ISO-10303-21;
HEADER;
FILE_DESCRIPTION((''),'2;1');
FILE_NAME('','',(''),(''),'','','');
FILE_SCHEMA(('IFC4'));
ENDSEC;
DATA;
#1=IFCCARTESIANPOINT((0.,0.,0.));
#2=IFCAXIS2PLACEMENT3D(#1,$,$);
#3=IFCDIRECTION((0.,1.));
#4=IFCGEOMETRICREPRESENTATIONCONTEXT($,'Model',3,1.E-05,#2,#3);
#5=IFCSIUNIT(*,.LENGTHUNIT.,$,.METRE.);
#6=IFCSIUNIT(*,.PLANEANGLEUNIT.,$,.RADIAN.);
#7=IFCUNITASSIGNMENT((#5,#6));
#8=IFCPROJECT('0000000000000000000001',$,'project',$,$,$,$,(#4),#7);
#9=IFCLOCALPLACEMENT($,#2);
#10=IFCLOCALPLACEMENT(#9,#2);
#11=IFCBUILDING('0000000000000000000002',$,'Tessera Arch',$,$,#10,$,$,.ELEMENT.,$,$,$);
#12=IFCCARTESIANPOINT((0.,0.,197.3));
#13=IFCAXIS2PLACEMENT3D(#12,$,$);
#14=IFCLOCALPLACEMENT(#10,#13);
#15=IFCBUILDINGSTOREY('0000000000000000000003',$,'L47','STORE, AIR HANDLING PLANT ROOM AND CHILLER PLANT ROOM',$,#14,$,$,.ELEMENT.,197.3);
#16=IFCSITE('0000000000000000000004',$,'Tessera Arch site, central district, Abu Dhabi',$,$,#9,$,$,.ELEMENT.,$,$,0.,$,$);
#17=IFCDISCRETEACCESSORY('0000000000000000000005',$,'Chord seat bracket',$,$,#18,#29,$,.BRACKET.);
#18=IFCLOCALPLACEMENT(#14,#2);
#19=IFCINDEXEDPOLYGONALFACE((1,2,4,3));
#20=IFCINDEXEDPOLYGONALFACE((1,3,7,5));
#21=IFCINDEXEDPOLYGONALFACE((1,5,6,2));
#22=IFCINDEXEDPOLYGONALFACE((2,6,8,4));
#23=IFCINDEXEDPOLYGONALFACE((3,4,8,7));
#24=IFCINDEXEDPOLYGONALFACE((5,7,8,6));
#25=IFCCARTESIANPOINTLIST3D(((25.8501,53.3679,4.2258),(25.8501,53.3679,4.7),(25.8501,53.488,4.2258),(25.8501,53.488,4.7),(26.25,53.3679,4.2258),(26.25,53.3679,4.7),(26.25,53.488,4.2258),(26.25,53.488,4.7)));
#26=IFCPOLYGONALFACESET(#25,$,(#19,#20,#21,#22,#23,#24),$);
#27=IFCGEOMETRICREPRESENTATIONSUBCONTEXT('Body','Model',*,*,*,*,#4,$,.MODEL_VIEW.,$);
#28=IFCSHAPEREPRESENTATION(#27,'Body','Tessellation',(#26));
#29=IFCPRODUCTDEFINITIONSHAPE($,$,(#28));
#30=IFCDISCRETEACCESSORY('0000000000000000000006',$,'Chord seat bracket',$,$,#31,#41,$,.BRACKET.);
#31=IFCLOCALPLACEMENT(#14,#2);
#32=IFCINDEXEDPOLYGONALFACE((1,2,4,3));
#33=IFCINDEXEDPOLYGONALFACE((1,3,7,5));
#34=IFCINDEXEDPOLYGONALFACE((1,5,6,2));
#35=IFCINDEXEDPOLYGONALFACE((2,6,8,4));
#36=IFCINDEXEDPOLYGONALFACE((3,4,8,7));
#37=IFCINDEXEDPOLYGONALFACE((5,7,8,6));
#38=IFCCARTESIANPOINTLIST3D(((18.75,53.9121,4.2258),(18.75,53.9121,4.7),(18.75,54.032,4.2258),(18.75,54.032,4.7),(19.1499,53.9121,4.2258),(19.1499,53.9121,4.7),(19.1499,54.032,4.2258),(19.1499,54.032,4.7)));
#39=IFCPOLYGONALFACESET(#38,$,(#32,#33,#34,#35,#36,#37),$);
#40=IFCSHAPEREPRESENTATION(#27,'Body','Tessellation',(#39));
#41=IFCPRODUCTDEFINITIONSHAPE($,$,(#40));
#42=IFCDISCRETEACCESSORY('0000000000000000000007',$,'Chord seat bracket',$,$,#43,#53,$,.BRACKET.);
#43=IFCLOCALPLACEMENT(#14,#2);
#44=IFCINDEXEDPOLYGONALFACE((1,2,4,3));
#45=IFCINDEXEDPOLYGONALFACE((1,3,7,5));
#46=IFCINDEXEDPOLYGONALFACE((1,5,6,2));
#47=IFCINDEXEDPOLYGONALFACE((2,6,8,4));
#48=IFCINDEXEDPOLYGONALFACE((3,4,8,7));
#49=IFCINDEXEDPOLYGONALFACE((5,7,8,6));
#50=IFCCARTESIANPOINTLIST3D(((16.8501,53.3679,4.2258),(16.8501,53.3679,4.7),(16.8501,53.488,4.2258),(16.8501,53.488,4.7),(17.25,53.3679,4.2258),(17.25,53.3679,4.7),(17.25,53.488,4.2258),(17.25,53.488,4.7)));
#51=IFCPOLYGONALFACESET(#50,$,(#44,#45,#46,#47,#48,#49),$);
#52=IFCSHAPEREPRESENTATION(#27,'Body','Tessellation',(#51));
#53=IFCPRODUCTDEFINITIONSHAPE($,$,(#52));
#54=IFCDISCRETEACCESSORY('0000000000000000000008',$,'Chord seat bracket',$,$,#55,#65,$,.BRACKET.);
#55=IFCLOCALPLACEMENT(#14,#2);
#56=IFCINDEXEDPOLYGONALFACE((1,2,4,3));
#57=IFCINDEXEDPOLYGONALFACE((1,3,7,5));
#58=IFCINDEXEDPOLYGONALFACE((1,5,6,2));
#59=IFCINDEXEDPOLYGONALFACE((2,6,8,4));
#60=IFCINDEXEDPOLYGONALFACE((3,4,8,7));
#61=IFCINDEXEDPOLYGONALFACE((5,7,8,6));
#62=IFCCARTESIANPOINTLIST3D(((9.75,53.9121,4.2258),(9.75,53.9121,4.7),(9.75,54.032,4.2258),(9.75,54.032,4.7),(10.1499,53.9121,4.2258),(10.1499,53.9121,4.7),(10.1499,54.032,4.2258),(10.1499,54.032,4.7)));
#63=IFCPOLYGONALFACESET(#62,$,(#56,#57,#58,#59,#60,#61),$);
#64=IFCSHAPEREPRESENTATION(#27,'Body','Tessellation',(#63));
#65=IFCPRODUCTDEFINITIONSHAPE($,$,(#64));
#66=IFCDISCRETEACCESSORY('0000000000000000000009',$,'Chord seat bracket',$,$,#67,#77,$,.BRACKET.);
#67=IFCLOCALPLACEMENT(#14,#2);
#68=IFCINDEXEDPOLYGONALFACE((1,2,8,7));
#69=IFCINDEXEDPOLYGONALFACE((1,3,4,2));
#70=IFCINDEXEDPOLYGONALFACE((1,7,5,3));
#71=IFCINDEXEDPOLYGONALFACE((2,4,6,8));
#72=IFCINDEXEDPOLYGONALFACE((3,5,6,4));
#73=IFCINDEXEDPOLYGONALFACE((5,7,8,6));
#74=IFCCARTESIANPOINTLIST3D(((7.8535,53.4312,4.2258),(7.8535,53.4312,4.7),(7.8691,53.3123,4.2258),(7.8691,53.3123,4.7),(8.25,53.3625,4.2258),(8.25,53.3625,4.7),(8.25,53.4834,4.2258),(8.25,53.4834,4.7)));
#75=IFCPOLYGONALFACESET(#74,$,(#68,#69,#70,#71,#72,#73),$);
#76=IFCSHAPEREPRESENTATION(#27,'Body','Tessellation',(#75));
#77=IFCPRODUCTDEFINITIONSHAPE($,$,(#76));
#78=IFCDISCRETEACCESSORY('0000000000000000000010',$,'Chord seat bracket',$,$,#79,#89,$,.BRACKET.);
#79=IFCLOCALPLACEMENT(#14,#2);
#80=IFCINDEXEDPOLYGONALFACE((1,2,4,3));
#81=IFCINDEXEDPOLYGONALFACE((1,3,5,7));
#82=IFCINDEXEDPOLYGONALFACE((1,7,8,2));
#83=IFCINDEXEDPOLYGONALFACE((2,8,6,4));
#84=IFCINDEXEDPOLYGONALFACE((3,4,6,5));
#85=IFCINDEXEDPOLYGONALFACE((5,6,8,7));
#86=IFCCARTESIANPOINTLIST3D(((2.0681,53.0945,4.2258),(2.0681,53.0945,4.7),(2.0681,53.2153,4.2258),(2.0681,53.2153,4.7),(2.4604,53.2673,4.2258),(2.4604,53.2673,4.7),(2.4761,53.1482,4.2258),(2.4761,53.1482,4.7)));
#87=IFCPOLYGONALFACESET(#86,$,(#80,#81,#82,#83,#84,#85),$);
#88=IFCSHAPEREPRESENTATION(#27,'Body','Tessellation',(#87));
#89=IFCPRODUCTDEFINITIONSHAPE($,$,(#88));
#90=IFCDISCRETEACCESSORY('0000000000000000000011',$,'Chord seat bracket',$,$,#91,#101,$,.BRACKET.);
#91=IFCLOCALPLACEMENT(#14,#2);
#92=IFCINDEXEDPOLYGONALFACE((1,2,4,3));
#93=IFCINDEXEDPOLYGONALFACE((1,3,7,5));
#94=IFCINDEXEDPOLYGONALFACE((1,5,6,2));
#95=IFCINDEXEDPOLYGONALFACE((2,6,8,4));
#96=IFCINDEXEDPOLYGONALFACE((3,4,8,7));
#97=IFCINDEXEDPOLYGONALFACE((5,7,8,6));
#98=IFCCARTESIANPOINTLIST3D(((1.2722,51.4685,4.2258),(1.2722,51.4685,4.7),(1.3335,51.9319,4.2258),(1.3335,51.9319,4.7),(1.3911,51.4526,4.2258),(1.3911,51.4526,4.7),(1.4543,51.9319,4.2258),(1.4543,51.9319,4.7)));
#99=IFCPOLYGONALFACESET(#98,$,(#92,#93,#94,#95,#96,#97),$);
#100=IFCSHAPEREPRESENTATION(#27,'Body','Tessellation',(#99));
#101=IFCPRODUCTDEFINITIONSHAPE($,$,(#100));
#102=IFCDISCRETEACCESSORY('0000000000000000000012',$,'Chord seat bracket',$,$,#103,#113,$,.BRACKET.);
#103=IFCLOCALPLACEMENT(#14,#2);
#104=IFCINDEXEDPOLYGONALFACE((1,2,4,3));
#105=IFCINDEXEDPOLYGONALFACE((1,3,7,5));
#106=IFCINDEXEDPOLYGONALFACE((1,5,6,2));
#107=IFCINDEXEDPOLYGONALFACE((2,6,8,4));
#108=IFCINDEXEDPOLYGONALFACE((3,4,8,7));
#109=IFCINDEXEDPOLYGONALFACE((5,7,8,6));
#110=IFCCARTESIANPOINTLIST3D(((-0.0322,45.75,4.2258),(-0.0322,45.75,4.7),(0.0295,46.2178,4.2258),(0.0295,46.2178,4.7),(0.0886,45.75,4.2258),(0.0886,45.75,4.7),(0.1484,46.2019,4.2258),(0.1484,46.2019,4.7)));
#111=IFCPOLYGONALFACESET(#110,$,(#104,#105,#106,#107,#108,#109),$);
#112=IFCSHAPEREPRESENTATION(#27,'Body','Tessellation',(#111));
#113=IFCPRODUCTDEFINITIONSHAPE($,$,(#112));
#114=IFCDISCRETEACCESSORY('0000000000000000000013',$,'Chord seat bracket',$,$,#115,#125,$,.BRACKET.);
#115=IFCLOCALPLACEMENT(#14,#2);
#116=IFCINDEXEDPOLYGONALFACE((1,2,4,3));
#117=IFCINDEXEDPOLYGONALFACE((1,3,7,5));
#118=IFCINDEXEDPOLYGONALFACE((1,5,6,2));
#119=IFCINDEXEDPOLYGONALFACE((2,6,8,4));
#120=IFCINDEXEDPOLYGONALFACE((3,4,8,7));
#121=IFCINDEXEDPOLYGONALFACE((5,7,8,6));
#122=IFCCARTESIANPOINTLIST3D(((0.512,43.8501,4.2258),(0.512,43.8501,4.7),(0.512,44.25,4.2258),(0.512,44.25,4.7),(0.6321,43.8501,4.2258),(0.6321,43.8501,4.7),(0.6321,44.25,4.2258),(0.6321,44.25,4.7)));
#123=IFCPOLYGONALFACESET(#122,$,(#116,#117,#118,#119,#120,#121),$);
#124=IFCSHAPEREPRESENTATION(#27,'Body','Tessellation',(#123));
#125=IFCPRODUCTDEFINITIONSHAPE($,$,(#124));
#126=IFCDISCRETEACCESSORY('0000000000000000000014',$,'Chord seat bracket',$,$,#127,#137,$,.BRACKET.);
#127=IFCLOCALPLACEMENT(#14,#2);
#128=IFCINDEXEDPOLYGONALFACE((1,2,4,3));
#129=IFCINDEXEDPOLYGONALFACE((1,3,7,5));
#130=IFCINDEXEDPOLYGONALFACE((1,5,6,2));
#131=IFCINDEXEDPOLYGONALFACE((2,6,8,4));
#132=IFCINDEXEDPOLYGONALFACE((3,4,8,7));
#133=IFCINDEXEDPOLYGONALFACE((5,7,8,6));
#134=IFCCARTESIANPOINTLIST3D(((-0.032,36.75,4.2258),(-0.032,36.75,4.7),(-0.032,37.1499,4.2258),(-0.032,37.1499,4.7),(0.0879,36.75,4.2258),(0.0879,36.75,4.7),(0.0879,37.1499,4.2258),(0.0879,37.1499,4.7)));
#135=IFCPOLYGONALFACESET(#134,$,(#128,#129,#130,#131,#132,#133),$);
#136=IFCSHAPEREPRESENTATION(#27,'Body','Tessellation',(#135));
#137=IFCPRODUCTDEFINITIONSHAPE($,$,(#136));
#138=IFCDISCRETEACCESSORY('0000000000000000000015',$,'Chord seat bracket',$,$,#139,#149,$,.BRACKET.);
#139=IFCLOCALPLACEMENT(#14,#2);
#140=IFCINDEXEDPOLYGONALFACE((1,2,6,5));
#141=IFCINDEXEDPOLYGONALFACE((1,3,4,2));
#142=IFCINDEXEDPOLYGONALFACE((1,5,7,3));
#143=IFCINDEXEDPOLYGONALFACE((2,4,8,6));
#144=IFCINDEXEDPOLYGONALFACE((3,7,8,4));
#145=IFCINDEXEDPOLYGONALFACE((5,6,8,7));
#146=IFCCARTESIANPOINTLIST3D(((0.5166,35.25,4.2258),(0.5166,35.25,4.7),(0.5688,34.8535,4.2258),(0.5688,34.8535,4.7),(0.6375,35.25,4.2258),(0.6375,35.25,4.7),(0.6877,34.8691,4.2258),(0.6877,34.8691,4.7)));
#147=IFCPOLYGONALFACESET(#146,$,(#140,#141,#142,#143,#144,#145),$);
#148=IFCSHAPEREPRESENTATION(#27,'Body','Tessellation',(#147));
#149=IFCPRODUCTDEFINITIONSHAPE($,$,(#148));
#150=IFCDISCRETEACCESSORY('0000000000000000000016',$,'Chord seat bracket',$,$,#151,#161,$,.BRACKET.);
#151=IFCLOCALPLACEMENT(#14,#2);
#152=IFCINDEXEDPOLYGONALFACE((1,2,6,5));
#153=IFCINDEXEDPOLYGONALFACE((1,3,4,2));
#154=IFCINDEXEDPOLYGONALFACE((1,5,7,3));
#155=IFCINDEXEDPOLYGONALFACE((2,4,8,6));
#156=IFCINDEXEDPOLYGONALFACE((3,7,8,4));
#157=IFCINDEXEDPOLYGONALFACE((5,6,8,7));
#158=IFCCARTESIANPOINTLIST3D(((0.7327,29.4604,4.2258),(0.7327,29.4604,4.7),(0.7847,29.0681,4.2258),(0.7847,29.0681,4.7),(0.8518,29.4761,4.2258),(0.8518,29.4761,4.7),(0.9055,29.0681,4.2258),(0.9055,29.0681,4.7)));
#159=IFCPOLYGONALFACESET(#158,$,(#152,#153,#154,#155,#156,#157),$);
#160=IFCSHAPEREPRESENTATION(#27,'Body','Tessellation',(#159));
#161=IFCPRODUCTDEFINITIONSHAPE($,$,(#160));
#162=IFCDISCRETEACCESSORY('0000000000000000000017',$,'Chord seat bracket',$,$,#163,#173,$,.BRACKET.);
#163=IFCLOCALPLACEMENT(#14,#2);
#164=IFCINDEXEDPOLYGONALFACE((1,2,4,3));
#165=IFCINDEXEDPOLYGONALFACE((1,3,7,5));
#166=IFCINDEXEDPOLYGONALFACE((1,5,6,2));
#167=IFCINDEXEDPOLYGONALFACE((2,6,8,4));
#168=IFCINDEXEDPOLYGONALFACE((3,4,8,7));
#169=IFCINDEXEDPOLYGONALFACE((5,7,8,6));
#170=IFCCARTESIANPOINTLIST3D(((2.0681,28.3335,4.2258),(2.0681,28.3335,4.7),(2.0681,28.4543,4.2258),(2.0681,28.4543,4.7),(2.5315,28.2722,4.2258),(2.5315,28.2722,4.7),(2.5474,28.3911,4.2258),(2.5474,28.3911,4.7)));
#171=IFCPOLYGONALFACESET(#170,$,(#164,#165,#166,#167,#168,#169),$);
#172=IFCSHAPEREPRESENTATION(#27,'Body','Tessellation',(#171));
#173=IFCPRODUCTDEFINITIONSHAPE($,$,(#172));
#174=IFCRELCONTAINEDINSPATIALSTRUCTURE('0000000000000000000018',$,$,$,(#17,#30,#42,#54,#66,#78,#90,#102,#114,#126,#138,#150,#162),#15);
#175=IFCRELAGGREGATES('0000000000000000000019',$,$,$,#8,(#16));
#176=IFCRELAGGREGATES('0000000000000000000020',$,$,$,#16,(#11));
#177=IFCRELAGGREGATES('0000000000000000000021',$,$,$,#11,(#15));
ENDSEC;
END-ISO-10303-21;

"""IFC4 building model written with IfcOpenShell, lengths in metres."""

from ifc_helpers import new_model, si_unit, direction, frame, origin, place, context, subcontext, project, spatial, polyline, outline, extrude, element, save


model = new_model("IFC4")

# Units and contexts
model_context = context("Model", 3, precision=1e-05, world=origin(), true_north=direction((0.0, 1.0)))
body_context = subcontext(model_context, "Body", "Model", "MODEL_VIEW")
ifc_project = project(units=[si_unit("LENGTHUNIT", "METRE"), si_unit("PLANEANGLEUNIT", "RADIAN")], contexts=[model_context])

# Site, building, storey
site_placement = place(None, origin())
site = spatial("IfcSite", under=ifc_project, at=site_placement, Name="Tessera Arch site, central district, Abu Dhabi", CompositionType="ELEMENT", RefElevation=0.0)
building_placement = place(site_placement, origin())
building = spatial("IfcBuilding", under=site, at=building_placement, Name="Tessera Arch", CompositionType="ELEMENT")
storey_placement = place(building_placement, frame((0.0, 0.0, 197.3)))
storey = spatial("IfcBuildingStorey", under=building, at=storey_placement, Name="L47", Description="STORE, AIR HANDLING PLANT ROOM AND CHILLER PLANT ROOM", CompositionType="ELEMENT", Elevation=197.3)

# Discrete accessories
discrete_accessory_1_placement = place(storey_placement, frame((0.0, 0.0, 4.2258)))
element("IfcDiscreteAccessory", 1, at=discrete_accessory_1_placement, inside=storey, Name="Chord seat bracket", PredefinedType="BRACKET", context=body_context, shape_type="SweptSolid", body=[
    extrude(outline(polyline([(25.8501, 53.488), (26.25, 53.488), (26.25, 53.3679), (25.8501, 53.3679), (25.8501, 53.488)])), origin(), (0.0, 0.0, 1.0), 0.4741),
])
discrete_accessory_2_placement = place(storey_placement, frame((0.0, 0.0, 4.2258)))
element("IfcDiscreteAccessory", 2, at=discrete_accessory_2_placement, inside=storey, Name="Chord seat bracket", PredefinedType="BRACKET", context=body_context, shape_type="SweptSolid", body=[
    extrude(outline(polyline([(19.1499, 53.9121), (18.75, 53.9121), (18.75, 54.032), (19.1499, 54.032), (19.1499, 53.9121)])), origin(), (0.0, 0.0, 1.0), 0.4741),
])
discrete_accessory_3_placement = place(storey_placement, frame((0.0, 0.0, 4.2258)))
element("IfcDiscreteAccessory", 3, at=discrete_accessory_3_placement, inside=storey, Name="Chord seat bracket", PredefinedType="BRACKET", context=body_context, shape_type="SweptSolid", body=[
    extrude(outline(polyline([(16.8501, 53.488), (17.25, 53.488), (17.25, 53.3679), (16.8501, 53.3679), (16.8501, 53.488)])), origin(), (0.0, 0.0, 1.0), 0.4741),
])
discrete_accessory_4_placement = place(storey_placement, frame((0.0, 0.0, 4.2258)))
element("IfcDiscreteAccessory", 4, at=discrete_accessory_4_placement, inside=storey, Name="Chord seat bracket", PredefinedType="BRACKET", context=body_context, shape_type="SweptSolid", body=[
    extrude(outline(polyline([(9.75, 53.9121), (9.75, 54.032), (10.1499, 54.032), (10.1499, 53.9121), (9.75, 53.9121)])), origin(), (0.0, 0.0, 1.0), 0.4741),
])
discrete_accessory_5_placement = place(storey_placement, frame((0.0, 0.0, 4.2258)))
element("IfcDiscreteAccessory", 5, at=discrete_accessory_5_placement, inside=storey, Name="Chord seat bracket", PredefinedType="BRACKET", context=body_context, shape_type="SweptSolid", body=[
    extrude(outline(polyline([(8.25, 53.4834), (8.25, 53.3625), (7.8691, 53.3123), (7.8535, 53.4312), (8.25, 53.4834)])), origin(), (0.0, 0.0, 1.0), 0.4741),
])
discrete_accessory_6_placement = place(storey_placement, frame((0.0, 0.0, 4.2258)))
element("IfcDiscreteAccessory", 6, at=discrete_accessory_6_placement, inside=storey, Name="Chord seat bracket", PredefinedType="BRACKET", context=body_context, shape_type="SweptSolid", body=[
    extrude(outline(polyline([(2.4761, 53.1482), (2.0681, 53.0945), (2.0681, 53.2153), (2.4604, 53.2673), (2.4761, 53.1482)])), origin(), (0.0, 0.0, 1.0), 0.4741),
])
discrete_accessory_7_placement = place(storey_placement, frame((0.0, 0.0, 4.2258)))
element("IfcDiscreteAccessory", 7, at=discrete_accessory_7_placement, inside=storey, Name="Chord seat bracket", PredefinedType="BRACKET", context=body_context, shape_type="SweptSolid", body=[
    extrude(outline(polyline([(1.2722, 51.4685), (1.3335, 51.9319), (1.4543, 51.9319), (1.3911, 51.4526), (1.2722, 51.4685)])), origin(), (0.0, 0.0, 1.0), 0.4741),
])
discrete_accessory_8_placement = place(storey_placement, frame((0.0, 0.0, 4.2258)))
element("IfcDiscreteAccessory", 8, at=discrete_accessory_8_placement, inside=storey, Name="Chord seat bracket", PredefinedType="BRACKET", context=body_context, shape_type="SweptSolid", body=[
    extrude(outline(polyline([(0.1484, 46.2019), (0.0886, 45.75), (-0.0322, 45.75), (0.0295, 46.2178), (0.1484, 46.2019)])), origin(), (0.0, 0.0, 1.0), 0.4741),
])
discrete_accessory_9_placement = place(storey_placement, frame((0.0, 0.0, 4.2258)))
element("IfcDiscreteAccessory", 9, at=discrete_accessory_9_placement, inside=storey, Name="Chord seat bracket", PredefinedType="BRACKET", context=body_context, shape_type="SweptSolid", body=[
    extrude(outline(polyline([(0.512, 43.8501), (0.512, 44.25), (0.6321, 44.25), (0.6321, 43.8501), (0.512, 43.8501)])), origin(), (0.0, 0.0, 1.0), 0.4741),
])
discrete_accessory_10_placement = place(storey_placement, frame((0.0, 0.0, 4.2258)))
element("IfcDiscreteAccessory", 10, at=discrete_accessory_10_placement, inside=storey, Name="Chord seat bracket", PredefinedType="BRACKET", context=body_context, shape_type="SweptSolid", body=[
    extrude(outline(polyline([(0.0879, 36.75), (-0.032, 36.75), (-0.032, 37.1499), (0.0879, 37.1499), (0.0879, 36.75)])), origin(), (0.0, 0.0, 1.0), 0.4741),
])
discrete_accessory_11_placement = place(storey_placement, frame((0.0, 0.0, 4.2258)))
element("IfcDiscreteAccessory", 11, at=discrete_accessory_11_placement, inside=storey, Name="Chord seat bracket", PredefinedType="BRACKET", context=body_context, shape_type="SweptSolid", body=[
    extrude(outline(polyline([(0.5166, 35.25), (0.6375, 35.25), (0.6877, 34.8691), (0.5688, 34.8535), (0.5166, 35.25)])), origin(), (0.0, 0.0, 1.0), 0.4741),
])
discrete_accessory_12_placement = place(storey_placement, frame((0.0, 0.0, 4.2258)))
element("IfcDiscreteAccessory", 12, at=discrete_accessory_12_placement, inside=storey, Name="Chord seat bracket", PredefinedType="BRACKET", context=body_context, shape_type="SweptSolid", body=[
    extrude(outline(polyline([(0.7847, 29.0681), (0.7327, 29.4604), (0.8518, 29.4761), (0.9055, 29.0681), (0.7847, 29.0681)])), origin(), (0.0, 0.0, 1.0), 0.4741),
])
discrete_accessory_13_placement = place(storey_placement, frame((0.0, 0.0, 4.2258)))
element("IfcDiscreteAccessory", 13, at=discrete_accessory_13_placement, inside=storey, Name="Chord seat bracket", PredefinedType="BRACKET", context=body_context, shape_type="SweptSolid", body=[
    extrude(outline(polyline([(2.0681, 28.4543), (2.5474, 28.3911), (2.5315, 28.2722), (2.0681, 28.3335), (2.0681, 28.4543)])), origin(), (0.0, 0.0, 1.0), 0.4741),
])

save(model, "model.ifc")
